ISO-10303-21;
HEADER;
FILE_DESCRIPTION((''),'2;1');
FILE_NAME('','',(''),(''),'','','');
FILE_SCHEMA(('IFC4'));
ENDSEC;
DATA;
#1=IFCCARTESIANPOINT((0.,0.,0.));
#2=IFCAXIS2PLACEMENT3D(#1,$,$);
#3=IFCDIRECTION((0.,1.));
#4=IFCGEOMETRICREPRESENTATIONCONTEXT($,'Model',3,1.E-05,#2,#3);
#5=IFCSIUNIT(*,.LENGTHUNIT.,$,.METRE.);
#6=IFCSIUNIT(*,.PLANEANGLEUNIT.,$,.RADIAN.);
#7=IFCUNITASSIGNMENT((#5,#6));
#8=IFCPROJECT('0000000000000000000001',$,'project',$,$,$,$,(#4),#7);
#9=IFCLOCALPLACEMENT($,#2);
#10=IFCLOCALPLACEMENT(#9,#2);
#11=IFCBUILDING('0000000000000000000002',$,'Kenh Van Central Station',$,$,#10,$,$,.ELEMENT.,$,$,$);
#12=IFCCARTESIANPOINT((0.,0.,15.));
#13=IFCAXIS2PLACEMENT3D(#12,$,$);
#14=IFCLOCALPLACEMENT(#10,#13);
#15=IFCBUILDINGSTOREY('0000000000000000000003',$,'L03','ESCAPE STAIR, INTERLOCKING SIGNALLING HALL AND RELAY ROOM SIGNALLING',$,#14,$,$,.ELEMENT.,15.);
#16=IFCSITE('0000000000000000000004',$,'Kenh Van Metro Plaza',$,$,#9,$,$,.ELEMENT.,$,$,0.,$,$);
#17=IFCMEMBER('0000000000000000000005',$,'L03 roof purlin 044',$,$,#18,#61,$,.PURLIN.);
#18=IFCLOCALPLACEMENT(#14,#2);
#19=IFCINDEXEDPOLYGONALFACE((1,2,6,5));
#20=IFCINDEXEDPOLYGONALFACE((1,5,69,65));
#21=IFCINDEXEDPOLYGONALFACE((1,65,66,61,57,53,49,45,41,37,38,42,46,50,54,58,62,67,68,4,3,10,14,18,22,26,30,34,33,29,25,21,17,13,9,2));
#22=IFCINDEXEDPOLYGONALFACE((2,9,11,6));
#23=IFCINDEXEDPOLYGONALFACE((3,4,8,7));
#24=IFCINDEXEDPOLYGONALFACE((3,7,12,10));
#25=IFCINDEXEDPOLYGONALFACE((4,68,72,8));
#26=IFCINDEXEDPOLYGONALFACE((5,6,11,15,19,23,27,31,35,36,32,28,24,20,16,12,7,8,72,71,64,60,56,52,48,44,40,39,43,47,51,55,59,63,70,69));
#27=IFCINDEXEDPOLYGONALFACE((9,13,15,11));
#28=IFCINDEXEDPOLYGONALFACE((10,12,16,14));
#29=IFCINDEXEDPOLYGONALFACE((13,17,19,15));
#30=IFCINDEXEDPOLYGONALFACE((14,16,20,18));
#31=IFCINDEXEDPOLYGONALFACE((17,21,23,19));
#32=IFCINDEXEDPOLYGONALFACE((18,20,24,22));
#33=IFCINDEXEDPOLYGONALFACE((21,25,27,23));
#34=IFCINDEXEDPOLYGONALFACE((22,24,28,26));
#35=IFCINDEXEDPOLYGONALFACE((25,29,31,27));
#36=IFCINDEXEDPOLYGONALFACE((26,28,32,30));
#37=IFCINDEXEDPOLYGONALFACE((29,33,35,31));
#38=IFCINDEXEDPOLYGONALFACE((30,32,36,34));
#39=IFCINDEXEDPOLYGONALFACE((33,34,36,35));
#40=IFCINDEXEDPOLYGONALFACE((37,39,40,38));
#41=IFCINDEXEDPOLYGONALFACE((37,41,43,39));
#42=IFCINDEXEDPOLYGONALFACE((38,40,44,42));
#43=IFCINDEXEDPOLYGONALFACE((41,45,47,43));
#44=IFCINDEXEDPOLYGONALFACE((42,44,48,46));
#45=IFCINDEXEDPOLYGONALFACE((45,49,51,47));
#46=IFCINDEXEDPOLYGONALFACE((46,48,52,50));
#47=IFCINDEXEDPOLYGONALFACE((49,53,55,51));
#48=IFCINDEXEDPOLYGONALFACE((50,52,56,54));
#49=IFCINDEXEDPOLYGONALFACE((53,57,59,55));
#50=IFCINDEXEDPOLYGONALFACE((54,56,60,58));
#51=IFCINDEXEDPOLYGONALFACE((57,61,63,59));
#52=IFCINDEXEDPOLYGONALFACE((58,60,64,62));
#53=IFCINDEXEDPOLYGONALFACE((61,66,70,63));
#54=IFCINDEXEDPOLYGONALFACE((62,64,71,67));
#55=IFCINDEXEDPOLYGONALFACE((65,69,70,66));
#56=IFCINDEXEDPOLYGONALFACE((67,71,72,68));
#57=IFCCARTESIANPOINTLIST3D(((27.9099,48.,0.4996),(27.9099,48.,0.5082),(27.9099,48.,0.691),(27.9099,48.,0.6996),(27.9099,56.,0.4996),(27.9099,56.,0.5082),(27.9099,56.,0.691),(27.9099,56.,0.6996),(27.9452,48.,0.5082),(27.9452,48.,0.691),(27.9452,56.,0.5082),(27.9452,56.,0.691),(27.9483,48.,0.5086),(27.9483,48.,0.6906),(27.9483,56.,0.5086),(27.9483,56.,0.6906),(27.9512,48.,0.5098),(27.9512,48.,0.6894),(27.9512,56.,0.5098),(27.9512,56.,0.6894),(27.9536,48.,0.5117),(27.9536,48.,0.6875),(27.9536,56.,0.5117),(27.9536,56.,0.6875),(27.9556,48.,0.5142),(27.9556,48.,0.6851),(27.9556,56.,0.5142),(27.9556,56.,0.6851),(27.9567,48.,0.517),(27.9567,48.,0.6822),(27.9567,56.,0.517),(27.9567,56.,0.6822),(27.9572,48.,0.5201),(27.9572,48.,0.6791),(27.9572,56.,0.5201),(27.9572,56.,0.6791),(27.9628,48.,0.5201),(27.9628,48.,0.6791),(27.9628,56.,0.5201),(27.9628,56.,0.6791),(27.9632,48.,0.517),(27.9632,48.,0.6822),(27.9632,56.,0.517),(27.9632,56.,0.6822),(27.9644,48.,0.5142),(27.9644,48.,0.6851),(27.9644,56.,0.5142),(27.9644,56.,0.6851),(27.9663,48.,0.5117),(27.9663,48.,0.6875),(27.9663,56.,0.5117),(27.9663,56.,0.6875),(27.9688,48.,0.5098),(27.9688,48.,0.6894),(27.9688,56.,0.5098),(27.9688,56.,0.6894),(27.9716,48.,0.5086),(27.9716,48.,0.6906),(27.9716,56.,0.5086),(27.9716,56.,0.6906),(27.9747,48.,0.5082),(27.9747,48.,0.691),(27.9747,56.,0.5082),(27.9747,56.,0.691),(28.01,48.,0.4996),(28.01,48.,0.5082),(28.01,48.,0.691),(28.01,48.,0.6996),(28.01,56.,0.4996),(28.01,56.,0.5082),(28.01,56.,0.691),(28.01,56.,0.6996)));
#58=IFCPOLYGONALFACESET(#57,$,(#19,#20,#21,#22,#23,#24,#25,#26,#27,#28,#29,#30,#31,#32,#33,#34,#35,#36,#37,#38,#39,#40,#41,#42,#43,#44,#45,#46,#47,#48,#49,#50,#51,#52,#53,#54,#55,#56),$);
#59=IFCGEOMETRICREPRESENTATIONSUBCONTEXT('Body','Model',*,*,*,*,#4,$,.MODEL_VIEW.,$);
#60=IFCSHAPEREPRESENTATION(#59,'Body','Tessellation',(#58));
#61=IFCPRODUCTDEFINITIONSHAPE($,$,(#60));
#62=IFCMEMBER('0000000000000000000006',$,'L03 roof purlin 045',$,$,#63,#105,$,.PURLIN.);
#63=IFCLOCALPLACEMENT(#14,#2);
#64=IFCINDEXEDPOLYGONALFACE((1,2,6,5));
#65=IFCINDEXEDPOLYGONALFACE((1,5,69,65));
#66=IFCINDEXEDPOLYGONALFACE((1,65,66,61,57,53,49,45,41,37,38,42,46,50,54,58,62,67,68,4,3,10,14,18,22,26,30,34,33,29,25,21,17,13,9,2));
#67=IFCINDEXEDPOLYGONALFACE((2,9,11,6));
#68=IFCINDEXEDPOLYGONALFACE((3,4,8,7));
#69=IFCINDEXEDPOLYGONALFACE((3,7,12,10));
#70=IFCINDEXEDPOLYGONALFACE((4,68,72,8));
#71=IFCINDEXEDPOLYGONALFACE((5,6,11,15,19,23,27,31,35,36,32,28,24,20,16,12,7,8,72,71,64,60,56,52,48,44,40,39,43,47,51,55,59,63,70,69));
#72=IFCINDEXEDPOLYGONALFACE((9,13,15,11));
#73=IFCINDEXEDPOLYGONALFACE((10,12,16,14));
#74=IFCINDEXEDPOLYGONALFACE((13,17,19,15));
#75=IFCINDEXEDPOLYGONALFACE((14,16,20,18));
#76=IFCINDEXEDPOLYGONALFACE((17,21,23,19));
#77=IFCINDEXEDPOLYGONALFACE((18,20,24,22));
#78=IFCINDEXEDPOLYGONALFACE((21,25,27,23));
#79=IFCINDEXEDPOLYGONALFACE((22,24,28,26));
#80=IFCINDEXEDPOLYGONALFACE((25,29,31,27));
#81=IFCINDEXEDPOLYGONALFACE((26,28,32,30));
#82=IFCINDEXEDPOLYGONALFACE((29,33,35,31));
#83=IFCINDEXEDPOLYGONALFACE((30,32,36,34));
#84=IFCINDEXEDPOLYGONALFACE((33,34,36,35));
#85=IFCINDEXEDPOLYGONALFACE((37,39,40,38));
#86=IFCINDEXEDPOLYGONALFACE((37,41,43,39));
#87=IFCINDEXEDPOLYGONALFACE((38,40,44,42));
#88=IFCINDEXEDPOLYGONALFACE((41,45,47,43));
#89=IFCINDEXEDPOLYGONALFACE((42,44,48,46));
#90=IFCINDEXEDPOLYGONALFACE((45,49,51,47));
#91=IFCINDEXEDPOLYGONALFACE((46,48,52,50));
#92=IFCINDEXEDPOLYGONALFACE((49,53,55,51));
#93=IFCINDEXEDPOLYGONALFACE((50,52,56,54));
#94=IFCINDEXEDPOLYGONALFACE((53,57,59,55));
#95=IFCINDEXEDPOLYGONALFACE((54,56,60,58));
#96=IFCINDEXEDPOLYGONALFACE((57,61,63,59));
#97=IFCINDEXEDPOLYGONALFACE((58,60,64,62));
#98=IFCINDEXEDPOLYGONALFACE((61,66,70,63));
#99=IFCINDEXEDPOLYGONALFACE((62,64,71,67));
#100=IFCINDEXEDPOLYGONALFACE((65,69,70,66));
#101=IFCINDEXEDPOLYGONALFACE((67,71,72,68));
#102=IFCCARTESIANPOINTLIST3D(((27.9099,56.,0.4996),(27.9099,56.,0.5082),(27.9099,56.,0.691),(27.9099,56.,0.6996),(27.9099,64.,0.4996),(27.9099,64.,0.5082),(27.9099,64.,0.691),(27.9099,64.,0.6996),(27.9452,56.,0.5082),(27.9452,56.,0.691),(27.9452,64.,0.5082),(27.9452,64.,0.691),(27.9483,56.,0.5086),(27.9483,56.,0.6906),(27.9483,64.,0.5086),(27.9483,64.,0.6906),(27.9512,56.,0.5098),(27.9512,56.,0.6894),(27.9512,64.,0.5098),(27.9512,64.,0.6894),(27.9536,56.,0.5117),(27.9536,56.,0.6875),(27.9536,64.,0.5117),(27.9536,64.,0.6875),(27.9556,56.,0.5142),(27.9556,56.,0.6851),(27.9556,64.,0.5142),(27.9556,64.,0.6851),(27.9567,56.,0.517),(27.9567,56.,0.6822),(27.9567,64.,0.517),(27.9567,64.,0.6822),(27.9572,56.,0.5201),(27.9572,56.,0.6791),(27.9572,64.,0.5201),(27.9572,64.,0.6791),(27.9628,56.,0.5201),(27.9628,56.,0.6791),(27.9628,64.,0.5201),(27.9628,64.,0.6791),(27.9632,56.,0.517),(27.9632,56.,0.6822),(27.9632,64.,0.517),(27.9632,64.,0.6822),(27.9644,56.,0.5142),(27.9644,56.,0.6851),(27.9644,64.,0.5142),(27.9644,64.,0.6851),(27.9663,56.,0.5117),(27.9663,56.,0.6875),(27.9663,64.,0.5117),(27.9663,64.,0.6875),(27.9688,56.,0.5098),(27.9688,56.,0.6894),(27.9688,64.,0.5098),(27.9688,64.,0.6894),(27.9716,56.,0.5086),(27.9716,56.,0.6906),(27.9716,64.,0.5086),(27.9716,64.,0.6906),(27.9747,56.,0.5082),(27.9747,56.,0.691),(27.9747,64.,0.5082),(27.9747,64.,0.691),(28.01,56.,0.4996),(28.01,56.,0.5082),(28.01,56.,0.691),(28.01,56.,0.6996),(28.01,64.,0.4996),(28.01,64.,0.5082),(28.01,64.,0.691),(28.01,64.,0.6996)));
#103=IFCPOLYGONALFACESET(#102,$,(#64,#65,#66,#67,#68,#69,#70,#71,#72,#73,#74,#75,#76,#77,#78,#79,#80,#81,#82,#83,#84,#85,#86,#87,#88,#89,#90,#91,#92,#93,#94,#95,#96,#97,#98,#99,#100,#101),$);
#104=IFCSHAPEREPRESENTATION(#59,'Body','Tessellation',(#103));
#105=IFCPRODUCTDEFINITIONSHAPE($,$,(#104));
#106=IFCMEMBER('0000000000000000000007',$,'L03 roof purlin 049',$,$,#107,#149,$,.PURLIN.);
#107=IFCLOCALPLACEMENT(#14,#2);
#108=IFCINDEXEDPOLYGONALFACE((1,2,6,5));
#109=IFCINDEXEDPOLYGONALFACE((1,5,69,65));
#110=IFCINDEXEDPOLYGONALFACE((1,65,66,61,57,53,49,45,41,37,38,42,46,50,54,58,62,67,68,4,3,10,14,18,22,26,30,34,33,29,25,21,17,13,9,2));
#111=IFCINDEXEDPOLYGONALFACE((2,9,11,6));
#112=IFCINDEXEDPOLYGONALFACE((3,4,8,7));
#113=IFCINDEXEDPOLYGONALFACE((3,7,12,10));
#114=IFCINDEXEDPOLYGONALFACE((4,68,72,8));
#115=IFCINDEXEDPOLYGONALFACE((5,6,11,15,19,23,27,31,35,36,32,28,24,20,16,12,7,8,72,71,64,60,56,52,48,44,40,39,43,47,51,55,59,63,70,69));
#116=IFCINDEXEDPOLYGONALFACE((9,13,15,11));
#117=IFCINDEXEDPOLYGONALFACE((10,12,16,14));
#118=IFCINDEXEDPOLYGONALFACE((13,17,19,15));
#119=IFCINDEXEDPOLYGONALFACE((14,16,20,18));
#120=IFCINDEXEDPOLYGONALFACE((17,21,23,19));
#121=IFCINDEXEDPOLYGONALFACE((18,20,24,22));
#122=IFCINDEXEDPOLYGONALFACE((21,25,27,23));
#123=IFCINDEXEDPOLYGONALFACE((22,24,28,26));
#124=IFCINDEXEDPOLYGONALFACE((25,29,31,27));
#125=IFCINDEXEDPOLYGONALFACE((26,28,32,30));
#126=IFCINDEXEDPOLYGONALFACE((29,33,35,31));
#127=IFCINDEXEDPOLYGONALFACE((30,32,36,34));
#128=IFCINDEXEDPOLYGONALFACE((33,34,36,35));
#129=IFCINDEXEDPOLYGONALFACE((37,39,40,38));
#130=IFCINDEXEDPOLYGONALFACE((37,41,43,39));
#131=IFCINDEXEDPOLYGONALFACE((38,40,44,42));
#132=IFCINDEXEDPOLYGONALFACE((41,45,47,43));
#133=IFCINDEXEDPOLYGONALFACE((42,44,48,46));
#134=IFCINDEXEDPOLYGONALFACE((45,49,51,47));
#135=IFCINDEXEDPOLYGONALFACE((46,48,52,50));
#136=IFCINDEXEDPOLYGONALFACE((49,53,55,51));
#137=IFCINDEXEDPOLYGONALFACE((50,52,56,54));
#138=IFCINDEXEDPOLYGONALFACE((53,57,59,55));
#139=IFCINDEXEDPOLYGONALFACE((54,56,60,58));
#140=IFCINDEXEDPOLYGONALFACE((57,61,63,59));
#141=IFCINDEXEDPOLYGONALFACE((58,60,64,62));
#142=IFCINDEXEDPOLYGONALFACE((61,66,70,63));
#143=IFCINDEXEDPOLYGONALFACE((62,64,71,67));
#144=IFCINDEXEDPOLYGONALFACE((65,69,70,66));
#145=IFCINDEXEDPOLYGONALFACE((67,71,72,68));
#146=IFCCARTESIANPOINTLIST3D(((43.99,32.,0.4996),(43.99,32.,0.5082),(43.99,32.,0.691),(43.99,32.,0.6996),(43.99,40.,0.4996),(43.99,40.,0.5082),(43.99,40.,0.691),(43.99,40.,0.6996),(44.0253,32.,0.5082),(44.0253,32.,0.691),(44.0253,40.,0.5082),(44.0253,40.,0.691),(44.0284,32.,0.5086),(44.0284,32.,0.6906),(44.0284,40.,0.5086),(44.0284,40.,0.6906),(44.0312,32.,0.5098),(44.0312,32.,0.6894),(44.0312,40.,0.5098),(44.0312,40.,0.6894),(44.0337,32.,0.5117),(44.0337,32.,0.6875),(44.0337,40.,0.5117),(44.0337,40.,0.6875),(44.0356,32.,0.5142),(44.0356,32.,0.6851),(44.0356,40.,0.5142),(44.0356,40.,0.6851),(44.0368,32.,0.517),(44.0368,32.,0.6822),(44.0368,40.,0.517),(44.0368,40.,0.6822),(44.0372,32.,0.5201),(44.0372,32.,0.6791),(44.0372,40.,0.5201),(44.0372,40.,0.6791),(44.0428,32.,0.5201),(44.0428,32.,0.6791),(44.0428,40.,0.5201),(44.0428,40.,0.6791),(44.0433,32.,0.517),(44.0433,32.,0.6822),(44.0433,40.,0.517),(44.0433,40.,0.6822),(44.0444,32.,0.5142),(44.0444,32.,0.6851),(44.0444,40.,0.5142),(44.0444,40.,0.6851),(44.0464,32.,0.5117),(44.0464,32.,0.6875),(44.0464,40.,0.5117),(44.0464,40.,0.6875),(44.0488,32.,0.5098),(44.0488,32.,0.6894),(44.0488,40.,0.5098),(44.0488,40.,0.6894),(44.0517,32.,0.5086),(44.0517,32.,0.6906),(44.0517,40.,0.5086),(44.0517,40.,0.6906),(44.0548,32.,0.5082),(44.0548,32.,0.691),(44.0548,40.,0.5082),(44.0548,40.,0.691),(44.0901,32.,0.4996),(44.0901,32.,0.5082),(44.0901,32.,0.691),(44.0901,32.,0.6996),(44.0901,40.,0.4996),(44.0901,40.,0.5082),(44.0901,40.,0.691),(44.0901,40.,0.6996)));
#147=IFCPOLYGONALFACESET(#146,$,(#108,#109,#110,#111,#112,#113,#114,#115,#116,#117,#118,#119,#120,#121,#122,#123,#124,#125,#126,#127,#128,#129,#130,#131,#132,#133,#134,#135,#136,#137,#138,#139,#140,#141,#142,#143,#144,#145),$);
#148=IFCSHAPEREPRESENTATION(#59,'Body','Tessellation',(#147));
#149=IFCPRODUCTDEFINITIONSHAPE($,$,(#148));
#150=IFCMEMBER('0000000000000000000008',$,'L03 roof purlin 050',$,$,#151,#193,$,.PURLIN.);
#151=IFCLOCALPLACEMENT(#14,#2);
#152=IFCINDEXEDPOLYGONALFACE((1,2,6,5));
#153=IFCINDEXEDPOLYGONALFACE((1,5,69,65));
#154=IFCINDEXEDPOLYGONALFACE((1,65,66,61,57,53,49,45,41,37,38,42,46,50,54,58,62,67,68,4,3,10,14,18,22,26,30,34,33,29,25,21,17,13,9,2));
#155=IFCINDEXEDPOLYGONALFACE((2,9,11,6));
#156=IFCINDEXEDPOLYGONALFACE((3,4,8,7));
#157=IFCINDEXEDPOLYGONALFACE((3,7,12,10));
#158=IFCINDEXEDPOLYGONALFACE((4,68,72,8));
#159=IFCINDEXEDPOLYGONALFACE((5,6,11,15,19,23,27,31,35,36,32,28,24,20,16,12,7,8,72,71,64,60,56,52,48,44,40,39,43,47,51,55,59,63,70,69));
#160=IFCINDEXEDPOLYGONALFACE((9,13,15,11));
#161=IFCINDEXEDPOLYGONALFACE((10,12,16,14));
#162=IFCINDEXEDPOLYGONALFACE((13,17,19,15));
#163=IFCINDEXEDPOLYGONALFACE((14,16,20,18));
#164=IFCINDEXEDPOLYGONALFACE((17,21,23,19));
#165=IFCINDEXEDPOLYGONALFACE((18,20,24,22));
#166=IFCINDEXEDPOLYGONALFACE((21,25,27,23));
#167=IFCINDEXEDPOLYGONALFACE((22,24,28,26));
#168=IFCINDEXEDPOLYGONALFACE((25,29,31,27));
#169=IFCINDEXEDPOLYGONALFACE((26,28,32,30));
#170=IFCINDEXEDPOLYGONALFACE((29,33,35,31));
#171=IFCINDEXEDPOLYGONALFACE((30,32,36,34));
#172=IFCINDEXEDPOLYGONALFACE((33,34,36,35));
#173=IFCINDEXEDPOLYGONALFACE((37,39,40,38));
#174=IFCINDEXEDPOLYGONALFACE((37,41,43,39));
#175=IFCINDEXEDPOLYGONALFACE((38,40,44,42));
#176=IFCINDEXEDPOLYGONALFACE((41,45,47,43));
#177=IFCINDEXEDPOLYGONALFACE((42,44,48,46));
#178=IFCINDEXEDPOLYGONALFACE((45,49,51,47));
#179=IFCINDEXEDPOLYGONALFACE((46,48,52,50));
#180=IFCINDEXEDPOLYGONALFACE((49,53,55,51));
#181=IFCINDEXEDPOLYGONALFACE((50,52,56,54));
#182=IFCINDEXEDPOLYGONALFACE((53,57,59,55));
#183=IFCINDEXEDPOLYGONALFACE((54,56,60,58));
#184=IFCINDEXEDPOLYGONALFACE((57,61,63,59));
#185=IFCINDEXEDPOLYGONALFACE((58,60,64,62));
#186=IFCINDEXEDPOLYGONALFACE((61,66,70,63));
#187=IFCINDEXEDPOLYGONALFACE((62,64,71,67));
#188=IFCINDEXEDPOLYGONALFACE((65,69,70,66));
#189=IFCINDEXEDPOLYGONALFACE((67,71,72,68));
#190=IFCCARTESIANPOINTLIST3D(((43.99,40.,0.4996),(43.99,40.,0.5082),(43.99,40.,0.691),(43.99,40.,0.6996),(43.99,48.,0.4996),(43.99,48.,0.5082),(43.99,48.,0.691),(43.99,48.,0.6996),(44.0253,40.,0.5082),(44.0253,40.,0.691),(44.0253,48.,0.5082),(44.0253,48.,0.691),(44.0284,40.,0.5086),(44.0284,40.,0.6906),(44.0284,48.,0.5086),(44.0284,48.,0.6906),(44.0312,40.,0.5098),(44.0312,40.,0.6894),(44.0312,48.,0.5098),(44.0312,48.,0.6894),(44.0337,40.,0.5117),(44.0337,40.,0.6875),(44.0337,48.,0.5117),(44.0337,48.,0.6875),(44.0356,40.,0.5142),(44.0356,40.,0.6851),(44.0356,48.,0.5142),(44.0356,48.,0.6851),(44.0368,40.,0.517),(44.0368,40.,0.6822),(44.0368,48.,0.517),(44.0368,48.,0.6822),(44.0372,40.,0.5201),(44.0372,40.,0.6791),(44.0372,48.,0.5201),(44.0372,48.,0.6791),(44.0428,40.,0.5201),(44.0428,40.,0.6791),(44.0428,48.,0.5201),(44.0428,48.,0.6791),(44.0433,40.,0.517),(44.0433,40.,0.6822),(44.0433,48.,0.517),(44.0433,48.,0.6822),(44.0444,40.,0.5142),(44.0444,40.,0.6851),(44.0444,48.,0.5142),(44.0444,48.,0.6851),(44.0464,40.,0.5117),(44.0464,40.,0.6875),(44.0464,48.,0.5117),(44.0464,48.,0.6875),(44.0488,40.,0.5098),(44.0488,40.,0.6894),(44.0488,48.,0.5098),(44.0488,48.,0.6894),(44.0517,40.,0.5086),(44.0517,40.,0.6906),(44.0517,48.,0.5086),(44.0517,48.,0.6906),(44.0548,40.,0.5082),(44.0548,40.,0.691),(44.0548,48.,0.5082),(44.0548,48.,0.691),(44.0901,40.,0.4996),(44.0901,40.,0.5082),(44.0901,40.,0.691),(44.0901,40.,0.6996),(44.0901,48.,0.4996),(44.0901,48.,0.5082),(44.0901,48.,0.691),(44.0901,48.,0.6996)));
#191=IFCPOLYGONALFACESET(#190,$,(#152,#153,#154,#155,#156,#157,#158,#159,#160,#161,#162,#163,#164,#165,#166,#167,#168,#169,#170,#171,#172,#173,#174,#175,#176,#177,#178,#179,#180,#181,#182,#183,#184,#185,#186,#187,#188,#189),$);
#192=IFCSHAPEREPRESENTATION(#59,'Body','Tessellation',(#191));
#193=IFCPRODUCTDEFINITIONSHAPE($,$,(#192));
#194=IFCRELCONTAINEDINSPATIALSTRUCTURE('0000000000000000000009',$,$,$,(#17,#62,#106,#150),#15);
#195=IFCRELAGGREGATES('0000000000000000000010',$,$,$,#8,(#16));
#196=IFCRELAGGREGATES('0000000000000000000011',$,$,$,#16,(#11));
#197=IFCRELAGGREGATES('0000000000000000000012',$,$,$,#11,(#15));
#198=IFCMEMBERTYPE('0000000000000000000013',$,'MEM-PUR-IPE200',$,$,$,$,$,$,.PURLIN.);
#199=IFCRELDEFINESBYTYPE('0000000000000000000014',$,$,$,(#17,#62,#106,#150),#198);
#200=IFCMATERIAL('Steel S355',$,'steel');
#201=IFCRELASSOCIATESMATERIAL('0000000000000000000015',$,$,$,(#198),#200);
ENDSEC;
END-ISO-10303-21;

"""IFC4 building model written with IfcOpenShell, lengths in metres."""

from ifc_helpers import new_model, si_unit, direction, frame, origin, origin_2d, place, context, subcontext, project, spatial, i_section, extrude, material, material_profile, profile_set, type_object, element, save


model = new_model("IFC4")

# Units and contexts
model_context = context("Model", 3, precision=1e-05, world=origin(), true_north=direction((0.0, 1.0)))
body_context = subcontext(model_context, "Body", "Model", "MODEL_VIEW")
ifc_project = project(units=[si_unit("LENGTHUNIT", "METRE"), si_unit("PLANEANGLEUNIT", "RADIAN")], contexts=[model_context])

# Site, building, storey
site_placement = place(None, origin())
site = spatial("IfcSite", under=ifc_project, at=site_placement, Name="Kenh Van Metro Plaza", CompositionType="ELEMENT", RefElevation=0.0)
building_placement = place(site_placement, origin())
building = spatial("IfcBuilding", under=site, at=building_placement, Name="Kenh Van Central Station", CompositionType="ELEMENT")
storey_placement = place(building_placement, frame((0.0, 0.0, 15.0)))
storey = spatial("IfcBuildingStorey", under=building, at=storey_placement, Name="L03", Description="ESCAPE STAIR, INTERLOCKING SIGNALLING HALL AND RELAY ROOM SIGNALLING", CompositionType="ELEMENT", Elevation=15.0)

# Shared definitions
ifc_material_1 = material(Name="Steel S355", Category="steel")

# Members
ifc_material_profile_1 = material_profile(ifc_material_1, i_section(OverallWidth=0.1001, OverallDepth=0.2, WebThickness=0.0056, FlangeThickness=0.0085, FilletRadius=0.012, at=origin_2d()), Name="IPE 200")
ifc_profile_set_1 = profile_set([ifc_material_profile_1], Name="Steel S355")
member_type_1 = type_object("IfcMemberType", Name="MEM-PUR-IPE200", PredefinedType="PURLIN", material=ifc_profile_set_1)
for number, where, z_axis, x_axis, name in (
    (1, (27.96, 48.0, 0.5996), (0.0, 1.0, 0.0), (-1.0, 0.0, 0.0), "L03 roof purlin 044"),
    (2, (27.96, 56.0, 0.5996), (0.0, 1.0, 0.0), (-1.0, 0.0, 0.0), "L03 roof purlin 045"),
    (3, (44.04, 32.0, 0.5996), (0.0, 1.0, 0.0), (-1.0, 0.0, 0.0), "L03 roof purlin 049"),
    (4, (44.04, 40.0, 0.5996), (0.0, 1.0, 0.0), (-1.0, 0.0, 0.0), "L03 roof purlin 050"),
):
    element("IfcMember", number, at=place(storey_placement, frame(where, z_axis=z_axis, x_axis=x_axis)), inside=storey, type_object=member_type_1, Name=name, PredefinedType="PURLIN", context=body_context, shape_type="SweptSolid", body=[
        extrude(i_section(OverallWidth=0.1001, OverallDepth=0.2, WebThickness=0.0056, FlangeThickness=0.0085, FilletRadius=0.012, at=origin_2d()), origin(), (0.0, 0.0, 1.0), 8.0),
    ])

save(model, "model.ifc")
